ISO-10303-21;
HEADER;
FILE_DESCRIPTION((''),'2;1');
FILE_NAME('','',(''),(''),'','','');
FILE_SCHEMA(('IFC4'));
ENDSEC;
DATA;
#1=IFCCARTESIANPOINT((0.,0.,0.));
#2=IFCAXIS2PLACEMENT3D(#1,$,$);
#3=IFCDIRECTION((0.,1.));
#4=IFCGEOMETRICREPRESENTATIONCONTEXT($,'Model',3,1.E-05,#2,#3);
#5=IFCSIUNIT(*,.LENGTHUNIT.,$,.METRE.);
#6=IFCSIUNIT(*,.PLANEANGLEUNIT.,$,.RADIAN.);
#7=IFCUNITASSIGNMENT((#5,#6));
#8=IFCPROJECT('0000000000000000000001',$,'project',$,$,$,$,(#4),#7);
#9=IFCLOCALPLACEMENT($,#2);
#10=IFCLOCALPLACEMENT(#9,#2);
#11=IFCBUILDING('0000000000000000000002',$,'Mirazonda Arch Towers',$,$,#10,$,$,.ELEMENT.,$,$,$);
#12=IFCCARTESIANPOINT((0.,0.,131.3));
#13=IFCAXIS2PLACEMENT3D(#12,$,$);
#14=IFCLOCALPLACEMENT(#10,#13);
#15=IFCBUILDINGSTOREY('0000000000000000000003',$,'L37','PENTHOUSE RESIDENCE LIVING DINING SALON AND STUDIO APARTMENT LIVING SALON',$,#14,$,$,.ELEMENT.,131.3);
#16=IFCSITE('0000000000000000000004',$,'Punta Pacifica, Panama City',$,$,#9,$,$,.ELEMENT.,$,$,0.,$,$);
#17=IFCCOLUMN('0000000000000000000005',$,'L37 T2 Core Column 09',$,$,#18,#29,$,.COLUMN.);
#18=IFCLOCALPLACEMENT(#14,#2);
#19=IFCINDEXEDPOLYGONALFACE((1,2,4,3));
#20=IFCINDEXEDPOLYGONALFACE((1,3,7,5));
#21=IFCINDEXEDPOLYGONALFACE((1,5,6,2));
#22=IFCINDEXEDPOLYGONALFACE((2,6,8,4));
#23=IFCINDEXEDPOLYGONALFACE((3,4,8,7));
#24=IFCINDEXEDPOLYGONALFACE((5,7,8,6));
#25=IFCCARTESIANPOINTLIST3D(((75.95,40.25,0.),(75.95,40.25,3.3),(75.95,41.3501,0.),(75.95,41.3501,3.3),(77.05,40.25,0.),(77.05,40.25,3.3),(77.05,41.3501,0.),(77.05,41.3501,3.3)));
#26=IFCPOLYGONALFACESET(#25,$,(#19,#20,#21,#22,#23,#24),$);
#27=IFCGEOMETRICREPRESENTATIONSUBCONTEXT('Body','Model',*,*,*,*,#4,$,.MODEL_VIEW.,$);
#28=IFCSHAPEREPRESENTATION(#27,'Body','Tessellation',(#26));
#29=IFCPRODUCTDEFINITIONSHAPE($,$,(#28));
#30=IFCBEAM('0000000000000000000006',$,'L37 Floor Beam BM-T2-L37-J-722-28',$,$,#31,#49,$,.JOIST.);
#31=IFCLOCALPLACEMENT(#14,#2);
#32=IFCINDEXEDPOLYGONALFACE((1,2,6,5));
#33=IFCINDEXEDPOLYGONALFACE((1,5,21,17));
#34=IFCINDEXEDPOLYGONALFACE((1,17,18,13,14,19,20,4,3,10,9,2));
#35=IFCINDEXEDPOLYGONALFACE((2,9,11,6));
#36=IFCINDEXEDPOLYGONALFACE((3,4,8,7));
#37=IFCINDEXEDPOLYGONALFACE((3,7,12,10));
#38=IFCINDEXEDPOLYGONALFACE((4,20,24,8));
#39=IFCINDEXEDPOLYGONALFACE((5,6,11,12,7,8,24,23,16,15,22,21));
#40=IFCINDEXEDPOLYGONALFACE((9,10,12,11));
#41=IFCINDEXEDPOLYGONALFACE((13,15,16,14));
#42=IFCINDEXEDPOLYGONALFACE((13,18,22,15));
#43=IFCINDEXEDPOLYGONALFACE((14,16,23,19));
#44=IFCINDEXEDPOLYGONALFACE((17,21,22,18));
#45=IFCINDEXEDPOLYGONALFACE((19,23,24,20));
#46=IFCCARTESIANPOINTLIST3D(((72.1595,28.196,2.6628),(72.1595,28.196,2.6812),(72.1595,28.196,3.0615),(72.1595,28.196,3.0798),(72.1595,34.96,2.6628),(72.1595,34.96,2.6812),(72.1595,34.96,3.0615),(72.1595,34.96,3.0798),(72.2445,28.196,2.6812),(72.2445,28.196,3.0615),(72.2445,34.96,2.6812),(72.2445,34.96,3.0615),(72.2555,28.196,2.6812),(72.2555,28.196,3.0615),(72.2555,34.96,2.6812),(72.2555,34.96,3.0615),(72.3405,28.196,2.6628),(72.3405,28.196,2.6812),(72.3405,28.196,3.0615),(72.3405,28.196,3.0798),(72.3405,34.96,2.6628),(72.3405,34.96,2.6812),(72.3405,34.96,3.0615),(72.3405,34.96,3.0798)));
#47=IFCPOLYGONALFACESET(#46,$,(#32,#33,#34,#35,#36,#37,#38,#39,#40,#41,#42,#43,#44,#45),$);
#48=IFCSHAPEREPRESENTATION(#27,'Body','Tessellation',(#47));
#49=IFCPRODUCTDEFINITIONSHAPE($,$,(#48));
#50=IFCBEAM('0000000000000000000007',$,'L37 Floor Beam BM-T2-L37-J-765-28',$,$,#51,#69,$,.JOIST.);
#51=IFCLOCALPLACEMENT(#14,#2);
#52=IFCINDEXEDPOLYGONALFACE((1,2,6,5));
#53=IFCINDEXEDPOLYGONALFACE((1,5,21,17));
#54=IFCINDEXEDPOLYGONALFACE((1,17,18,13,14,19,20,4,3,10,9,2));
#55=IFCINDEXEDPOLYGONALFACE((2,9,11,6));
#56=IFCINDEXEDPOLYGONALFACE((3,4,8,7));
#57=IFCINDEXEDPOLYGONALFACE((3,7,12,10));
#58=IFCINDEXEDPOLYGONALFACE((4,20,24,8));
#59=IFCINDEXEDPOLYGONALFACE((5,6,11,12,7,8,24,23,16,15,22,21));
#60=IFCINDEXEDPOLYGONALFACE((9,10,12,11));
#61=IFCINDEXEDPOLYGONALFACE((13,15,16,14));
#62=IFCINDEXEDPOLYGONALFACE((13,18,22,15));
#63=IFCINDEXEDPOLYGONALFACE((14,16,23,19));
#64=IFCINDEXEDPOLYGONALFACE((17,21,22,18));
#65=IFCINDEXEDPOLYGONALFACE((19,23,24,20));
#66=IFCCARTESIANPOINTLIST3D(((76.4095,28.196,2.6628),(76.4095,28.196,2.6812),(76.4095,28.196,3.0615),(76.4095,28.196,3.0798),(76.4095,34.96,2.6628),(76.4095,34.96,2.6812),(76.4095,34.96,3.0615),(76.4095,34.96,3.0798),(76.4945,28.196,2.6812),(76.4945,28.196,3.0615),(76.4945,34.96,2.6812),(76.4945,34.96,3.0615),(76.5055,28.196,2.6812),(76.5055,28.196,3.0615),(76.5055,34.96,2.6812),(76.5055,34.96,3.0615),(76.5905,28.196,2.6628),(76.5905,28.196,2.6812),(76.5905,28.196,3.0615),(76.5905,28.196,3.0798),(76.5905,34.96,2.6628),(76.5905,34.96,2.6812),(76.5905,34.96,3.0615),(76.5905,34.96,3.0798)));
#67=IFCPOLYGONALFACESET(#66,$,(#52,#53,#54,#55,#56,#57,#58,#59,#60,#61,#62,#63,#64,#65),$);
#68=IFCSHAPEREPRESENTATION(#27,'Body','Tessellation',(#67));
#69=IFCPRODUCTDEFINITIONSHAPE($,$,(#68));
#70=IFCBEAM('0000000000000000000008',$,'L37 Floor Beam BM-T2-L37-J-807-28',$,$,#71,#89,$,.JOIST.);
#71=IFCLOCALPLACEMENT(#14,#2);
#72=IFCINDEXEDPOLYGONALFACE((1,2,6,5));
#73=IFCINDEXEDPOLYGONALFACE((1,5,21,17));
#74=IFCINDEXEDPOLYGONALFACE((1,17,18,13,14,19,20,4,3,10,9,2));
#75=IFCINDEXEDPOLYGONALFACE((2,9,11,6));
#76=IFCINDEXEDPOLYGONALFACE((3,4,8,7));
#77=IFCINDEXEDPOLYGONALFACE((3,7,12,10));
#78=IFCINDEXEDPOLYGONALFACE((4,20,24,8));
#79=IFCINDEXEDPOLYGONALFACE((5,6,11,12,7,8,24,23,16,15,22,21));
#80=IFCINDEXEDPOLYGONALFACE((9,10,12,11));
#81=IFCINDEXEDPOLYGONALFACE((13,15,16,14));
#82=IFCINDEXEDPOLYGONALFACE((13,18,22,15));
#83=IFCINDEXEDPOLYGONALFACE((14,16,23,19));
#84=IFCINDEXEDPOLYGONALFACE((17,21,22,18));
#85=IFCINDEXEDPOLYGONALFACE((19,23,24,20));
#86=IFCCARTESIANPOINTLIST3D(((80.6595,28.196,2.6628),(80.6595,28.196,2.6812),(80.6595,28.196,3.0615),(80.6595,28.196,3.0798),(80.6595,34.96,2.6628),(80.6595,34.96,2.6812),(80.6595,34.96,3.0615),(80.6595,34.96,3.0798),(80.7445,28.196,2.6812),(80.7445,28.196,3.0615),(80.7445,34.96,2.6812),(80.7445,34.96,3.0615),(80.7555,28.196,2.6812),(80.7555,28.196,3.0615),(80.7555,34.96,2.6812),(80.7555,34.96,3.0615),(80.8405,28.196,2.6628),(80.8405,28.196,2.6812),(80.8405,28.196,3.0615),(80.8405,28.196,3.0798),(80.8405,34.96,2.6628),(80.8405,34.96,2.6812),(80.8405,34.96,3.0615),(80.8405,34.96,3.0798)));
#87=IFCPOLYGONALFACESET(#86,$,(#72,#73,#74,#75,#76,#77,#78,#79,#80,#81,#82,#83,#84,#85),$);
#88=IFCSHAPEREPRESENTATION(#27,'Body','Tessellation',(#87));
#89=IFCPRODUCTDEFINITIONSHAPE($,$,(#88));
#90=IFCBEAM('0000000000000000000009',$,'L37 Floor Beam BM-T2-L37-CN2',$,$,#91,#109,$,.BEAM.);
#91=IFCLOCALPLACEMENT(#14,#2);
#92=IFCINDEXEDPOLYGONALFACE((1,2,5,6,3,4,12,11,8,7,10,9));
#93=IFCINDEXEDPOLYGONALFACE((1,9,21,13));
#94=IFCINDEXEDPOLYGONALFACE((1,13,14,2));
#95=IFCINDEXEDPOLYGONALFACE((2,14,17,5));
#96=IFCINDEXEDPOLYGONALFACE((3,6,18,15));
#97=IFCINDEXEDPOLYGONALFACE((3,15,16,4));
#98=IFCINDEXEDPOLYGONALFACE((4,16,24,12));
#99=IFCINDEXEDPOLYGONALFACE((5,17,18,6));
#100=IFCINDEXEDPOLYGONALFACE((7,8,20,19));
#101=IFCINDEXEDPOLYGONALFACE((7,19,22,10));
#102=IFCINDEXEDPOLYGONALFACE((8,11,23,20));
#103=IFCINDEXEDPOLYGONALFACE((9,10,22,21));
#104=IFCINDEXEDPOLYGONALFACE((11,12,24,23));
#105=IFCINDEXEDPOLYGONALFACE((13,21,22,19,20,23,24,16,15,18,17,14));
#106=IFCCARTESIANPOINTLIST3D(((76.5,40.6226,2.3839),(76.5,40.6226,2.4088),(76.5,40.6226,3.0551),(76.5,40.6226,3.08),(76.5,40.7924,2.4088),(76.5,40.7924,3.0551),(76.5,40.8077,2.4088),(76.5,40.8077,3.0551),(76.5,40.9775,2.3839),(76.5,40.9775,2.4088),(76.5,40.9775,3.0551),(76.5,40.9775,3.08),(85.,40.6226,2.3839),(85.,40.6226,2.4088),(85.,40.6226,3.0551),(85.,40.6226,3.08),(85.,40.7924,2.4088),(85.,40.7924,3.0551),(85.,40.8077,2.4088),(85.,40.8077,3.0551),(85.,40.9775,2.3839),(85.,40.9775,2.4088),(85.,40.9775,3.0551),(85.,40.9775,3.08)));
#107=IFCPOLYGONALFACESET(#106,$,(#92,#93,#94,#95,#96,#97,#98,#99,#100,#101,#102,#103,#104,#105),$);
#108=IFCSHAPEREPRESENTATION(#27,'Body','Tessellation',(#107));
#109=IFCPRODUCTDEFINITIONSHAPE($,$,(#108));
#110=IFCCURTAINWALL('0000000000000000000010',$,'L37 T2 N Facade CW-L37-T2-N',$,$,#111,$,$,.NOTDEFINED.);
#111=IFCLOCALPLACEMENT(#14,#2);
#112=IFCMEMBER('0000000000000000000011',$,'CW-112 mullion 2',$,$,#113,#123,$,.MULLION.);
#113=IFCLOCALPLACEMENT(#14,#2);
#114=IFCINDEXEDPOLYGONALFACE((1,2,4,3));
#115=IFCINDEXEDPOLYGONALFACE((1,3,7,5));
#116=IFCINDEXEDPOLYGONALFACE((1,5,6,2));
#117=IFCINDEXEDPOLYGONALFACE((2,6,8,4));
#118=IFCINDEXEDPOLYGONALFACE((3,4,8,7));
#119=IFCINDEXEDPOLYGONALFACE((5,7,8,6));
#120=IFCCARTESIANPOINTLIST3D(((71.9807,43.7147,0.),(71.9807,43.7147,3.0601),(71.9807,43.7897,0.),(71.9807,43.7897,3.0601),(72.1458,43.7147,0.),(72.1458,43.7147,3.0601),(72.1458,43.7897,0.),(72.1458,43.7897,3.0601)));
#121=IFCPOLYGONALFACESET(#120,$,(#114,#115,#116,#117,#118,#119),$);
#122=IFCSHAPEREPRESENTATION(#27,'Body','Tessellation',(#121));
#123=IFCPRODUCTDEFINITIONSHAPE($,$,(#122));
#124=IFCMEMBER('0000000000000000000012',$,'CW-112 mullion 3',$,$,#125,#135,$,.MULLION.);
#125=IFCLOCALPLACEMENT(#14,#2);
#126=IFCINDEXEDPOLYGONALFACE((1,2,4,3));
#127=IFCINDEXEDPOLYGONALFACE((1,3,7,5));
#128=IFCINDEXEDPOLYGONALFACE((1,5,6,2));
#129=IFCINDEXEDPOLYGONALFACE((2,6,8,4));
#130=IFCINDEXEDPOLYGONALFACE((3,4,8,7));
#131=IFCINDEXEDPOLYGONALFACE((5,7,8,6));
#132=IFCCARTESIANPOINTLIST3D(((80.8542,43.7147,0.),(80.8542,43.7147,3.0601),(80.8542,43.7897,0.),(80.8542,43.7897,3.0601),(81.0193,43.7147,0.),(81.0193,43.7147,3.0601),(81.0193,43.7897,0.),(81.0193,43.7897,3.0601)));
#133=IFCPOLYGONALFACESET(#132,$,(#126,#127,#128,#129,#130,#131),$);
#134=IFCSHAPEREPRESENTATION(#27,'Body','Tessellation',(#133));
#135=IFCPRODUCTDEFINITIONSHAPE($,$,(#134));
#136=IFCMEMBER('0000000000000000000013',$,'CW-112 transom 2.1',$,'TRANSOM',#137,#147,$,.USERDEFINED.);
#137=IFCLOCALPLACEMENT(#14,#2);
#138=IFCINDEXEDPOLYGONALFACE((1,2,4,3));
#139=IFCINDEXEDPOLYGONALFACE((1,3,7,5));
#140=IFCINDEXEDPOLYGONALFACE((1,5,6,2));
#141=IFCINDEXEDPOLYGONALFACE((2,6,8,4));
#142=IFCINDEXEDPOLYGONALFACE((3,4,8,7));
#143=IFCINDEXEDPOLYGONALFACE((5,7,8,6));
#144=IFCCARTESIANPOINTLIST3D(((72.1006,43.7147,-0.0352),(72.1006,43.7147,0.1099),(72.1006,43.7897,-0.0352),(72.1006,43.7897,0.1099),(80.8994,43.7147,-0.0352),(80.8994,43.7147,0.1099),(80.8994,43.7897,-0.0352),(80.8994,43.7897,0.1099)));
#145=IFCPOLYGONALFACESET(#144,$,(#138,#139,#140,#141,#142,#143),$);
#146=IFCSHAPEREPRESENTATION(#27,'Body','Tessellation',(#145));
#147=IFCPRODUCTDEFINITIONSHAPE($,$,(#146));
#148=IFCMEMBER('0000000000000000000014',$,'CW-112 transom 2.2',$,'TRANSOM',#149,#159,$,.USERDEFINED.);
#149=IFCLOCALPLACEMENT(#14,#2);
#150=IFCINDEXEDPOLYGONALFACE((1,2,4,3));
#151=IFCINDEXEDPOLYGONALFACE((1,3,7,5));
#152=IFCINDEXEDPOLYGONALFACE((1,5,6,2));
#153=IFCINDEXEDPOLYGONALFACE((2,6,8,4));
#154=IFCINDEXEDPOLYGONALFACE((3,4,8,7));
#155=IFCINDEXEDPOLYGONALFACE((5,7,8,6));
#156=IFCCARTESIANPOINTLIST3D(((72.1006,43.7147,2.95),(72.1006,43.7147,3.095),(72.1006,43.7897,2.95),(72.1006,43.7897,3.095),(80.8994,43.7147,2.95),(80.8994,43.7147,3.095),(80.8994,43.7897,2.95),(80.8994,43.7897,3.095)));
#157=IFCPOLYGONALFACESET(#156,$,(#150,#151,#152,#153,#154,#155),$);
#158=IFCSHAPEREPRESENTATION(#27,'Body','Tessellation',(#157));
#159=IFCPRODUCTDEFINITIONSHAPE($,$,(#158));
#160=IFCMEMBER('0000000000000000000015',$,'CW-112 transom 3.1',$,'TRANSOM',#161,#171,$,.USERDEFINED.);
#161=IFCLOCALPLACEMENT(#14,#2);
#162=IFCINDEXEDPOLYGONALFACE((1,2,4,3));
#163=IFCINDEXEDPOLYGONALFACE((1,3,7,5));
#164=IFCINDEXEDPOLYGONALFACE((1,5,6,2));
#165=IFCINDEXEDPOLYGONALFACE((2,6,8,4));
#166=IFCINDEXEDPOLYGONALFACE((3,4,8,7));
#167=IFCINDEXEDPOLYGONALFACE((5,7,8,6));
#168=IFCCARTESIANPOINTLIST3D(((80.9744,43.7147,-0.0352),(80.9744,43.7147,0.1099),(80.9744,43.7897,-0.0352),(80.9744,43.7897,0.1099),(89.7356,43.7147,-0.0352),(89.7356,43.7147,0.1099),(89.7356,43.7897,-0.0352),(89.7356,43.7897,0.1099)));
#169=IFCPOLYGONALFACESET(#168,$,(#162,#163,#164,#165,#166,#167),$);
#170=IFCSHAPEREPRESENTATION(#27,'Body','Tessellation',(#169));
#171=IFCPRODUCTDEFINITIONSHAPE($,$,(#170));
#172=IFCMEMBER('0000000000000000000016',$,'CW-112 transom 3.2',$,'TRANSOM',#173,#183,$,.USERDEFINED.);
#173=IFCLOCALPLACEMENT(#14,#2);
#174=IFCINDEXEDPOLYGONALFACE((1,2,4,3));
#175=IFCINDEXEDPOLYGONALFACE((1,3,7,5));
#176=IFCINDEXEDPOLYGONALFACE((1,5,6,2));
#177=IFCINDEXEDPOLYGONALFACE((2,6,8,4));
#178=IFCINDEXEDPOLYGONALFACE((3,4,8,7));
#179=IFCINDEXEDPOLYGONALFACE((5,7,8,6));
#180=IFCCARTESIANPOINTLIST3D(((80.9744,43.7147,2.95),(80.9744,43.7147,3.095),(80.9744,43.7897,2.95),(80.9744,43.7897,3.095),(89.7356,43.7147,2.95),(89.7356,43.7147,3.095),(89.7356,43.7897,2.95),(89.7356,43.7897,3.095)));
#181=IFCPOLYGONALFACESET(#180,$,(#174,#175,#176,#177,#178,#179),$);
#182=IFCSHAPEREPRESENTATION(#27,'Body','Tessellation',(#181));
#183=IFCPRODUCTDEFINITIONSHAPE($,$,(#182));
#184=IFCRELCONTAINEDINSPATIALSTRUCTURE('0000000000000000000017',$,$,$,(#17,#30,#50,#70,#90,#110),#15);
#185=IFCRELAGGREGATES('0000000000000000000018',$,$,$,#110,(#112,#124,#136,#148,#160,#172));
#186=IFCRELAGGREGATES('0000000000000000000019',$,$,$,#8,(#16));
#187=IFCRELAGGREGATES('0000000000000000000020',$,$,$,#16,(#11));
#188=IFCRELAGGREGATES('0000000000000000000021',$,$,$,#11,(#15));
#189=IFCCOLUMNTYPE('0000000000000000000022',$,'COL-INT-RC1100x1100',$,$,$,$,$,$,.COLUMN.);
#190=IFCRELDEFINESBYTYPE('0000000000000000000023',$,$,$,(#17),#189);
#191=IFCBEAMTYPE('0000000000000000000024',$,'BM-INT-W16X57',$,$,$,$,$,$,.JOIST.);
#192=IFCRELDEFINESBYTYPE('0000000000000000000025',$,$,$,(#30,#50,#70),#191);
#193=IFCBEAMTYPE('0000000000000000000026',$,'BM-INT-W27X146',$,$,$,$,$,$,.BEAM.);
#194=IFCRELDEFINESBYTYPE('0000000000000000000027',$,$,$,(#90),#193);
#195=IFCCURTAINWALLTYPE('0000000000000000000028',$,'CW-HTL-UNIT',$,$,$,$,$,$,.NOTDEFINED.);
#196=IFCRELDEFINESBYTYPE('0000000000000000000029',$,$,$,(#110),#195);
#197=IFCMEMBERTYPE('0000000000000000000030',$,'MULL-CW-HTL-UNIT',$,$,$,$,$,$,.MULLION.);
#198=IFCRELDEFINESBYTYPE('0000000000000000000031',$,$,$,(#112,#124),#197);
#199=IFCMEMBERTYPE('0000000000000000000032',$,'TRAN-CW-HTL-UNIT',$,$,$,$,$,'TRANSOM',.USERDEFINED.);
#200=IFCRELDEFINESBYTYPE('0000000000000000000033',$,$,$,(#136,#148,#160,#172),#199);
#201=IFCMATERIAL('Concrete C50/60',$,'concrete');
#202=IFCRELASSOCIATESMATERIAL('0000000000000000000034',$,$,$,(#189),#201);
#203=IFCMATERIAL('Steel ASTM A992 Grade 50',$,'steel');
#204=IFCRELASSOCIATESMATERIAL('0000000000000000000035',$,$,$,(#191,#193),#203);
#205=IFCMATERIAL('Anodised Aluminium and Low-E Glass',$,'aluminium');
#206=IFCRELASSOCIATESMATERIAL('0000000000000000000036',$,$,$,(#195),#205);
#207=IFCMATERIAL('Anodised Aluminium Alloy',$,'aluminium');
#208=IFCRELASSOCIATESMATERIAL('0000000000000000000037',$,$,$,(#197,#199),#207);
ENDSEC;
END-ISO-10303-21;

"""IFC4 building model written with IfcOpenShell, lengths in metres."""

from ifc_helpers import new_model, si_unit, direction, frame, origin, origin_2d, place, context, subcontext, project, spatial, rectangle, i_section, extrude, material, material_profile, profile_set, type_object, element, aggregate, save


model = new_model("IFC4")

# Units and contexts
model_context = context("Model", 3, precision=1e-05, world=origin(), true_north=direction((0.0, 1.0)))
body_context = subcontext(model_context, "Body", "Model", "MODEL_VIEW")
ifc_project = project(units=[si_unit("LENGTHUNIT", "METRE"), si_unit("PLANEANGLEUNIT", "RADIAN")], contexts=[model_context])

# Site, building, storey
site_placement = place(None, origin())
site = spatial("IfcSite", under=ifc_project, at=site_placement, Name="Punta Pacifica, Panama City", CompositionType="ELEMENT", RefElevation=0.0)
building_placement = place(site_placement, origin())
building = spatial("IfcBuilding", under=site, at=building_placement, Name="Mirazonda Arch Towers", CompositionType="ELEMENT")
storey_placement = place(building_placement, frame((0.0, 0.0, 131.3)))
storey = spatial("IfcBuildingStorey", under=building, at=storey_placement, Name="L37", Description="PENTHOUSE RESIDENCE LIVING DINING SALON AND STUDIO APARTMENT LIVING SALON", CompositionType="ELEMENT", Elevation=131.3)

# Column
ifc_material_1 = material(Name="Concrete C50/60", Category="concrete")
ifc_material_profile_1 = material_profile(ifc_material_1, rectangle(XDim=1.1001, YDim=1.1001, at=origin_2d()), Name="RC1100x1100")
ifc_profile_set_1 = profile_set([ifc_material_profile_1], Name="Concrete C50/60")
column_type = type_object("IfcColumnType", Name="COL-INT-RC1100x1100", PredefinedType="COLUMN", material=ifc_profile_set_1)
column_placement = place(storey_placement, frame((76.5, 40.8, 0.0), z_axis=(0.0, 0.0, 1.0), x_axis=(1.0, 0.0, 0.0)))
element("IfcColumn", 1, at=column_placement, inside=storey, type_object=column_type, Name="L37 T2 Core Column 09", PredefinedType="COLUMN", context=body_context, shape_type="SweptSolid", body=[
    extrude(rectangle(XDim=1.1001, YDim=1.1001, at=origin_2d()), origin(), (0.0, 0.0, 1.0), 3.3),
])

# Beams
ifc_material_2 = material(Name="Steel ASTM A992 Grade 50", Category="steel")
ifc_material_profile_2 = material_profile(ifc_material_2, i_section(OverallWidth=0.1809, OverallDepth=0.417, WebThickness=0.011, FlangeThickness=0.0183, at=origin_2d()), Name="W16X57")
ifc_profile_set_2 = profile_set([ifc_material_profile_2], Name="Steel ASTM A992 Grade 50")
beam_type_1 = type_object("IfcBeamType", Name="BM-INT-W16X57", PredefinedType="JOIST", material=ifc_profile_set_2)
for number, where, z_axis, x_axis, name in (
    (2, (72.25, 28.196, 2.8713), (0.0, 1.0, 0.0), (-1.0, 0.0, 0.0), "L37 Floor Beam BM-T2-L37-J-722-28"),
    (3, (76.5, 28.196, 2.8713), (0.0, 1.0, 0.0), (-1.0, 0.0, 0.0), "L37 Floor Beam BM-T2-L37-J-765-28"),
    (4, (80.75, 28.196, 2.8713), (0.0, 1.0, 0.0), (-1.0, 0.0, 0.0), "L37 Floor Beam BM-T2-L37-J-807-28"),
):
    element("IfcBeam", number, at=place(storey_placement, frame(where, z_axis=z_axis, x_axis=x_axis)), inside=storey, type_object=beam_type_1, Name=name, PredefinedType="JOIST", context=body_context, shape_type="SweptSolid", body=[
        extrude(i_section(OverallWidth=0.1809, OverallDepth=0.417, WebThickness=0.011, FlangeThickness=0.0183, at=origin_2d()), origin(), (0.0, 0.0, 1.0), 6.7639),
    ])
ifc_material_profile_3 = material_profile(ifc_material_2, i_section(OverallWidth=0.355, OverallDepth=0.696, WebThickness=0.0154, FlangeThickness=0.0249, at=origin_2d()), Name="W27X146")
ifc_profile_set_3 = profile_set([ifc_material_profile_3], Name="Steel ASTM A992 Grade 50")
beam_type_2 = type_object("IfcBeamType", Name="BM-INT-W27X146", PredefinedType="BEAM", material=ifc_profile_set_3)
beam_placement = place(storey_placement, frame((76.5, 40.8, 2.7319), z_axis=(1.0, 0.0, 0.0), x_axis=(0.0, 1.0, 0.0)))
element("IfcBeam", 5, at=beam_placement, inside=storey, type_object=beam_type_2, Name="L37 Floor Beam BM-T2-L37-CN2", PredefinedType="BEAM", context=body_context, shape_type="SweptSolid", body=[
    extrude(i_section(OverallWidth=0.355, OverallDepth=0.696, WebThickness=0.0154, FlangeThickness=0.0249, at=origin_2d()), origin(), (0.0, 0.0, 1.0), 8.5),
])

# Curtain wall, members
ifc_material_3 = material(Name="Anodised Aluminium and Low-E Glass", Category="aluminium")
curtain_wall_type = type_object("IfcCurtainWallType", Name="CW-HTL-UNIT", PredefinedType="NOTDEFINED", material=ifc_material_3)
curtain_wall_placement = place(storey_placement, origin())
curtain_wall = element("IfcCurtainWall", 6, at=curtain_wall_placement, inside=storey, type_object=curtain_wall_type, Name="L37 T2 N Facade CW-L37-T2-N", PredefinedType="NOTDEFINED")
ifc_material_4 = material(Name="Anodised Aluminium Alloy", Category="aluminium")
ifc_material_profile_4 = material_profile(ifc_material_4, rectangle(XDim=0.075, YDim=0.165, at=origin_2d()), Name="ALU-MULL-75x165")
ifc_profile_set_4 = profile_set([ifc_material_profile_4], Name="Anodised Aluminium Alloy")
member_type_1 = type_object("IfcMemberType", Name="MULL-CW-HTL-UNIT", PredefinedType="MULLION", material=ifc_profile_set_4)
member_1_placement = place(storey_placement, frame((72.0632, 43.7522, 0.0), z_axis=(0.0, 0.0, 1.0), x_axis=(0.0, 1.0, 0.0)))
member_1 = element("IfcMember", 7, at=member_1_placement, type_object=member_type_1, Name="CW-112 mullion 2", PredefinedType="MULLION", context=body_context, shape_type="SweptSolid", body=[
    extrude(rectangle(XDim=0.075, YDim=0.165, at=origin_2d()), origin(), (0.0, 0.0, 1.0), 3.0601),
])
member_2_placement = place(storey_placement, frame((80.9368, 43.7522, 0.0), z_axis=(0.0, 0.0, 1.0), x_axis=(0.0, 1.0, 0.0)))
member_2 = element("IfcMember", 8, at=member_2_placement, type_object=member_type_1, Name="CW-112 mullion 3", PredefinedType="MULLION", context=body_context, shape_type="SweptSolid", body=[
    extrude(rectangle(XDim=0.075, YDim=0.165, at=origin_2d()), origin(), (0.0, 0.0, 1.0), 3.0601),
])
ifc_material_profile_5 = material_profile(ifc_material_4, rectangle(XDim=0.075, YDim=0.145, at=origin_2d()), Name="ALU-TRAN-75x145")
ifc_profile_set_5 = profile_set([ifc_material_profile_5], Name="Anodised Aluminium Alloy")
member_type_2 = type_object("IfcMemberType", Name="TRAN-CW-HTL-UNIT", ElementType="TRANSOM", PredefinedType="USERDEFINED", material=ifc_profile_set_5)
member_3_placement = place(storey_placement, frame((72.1006, 43.7522, 0.0374), z_axis=(1.0, 0.0, 0.0), x_axis=(0.0, 1.0, 0.0)))
member_3 = element("IfcMember", 9, at=member_3_placement, type_object=member_type_2, Name="CW-112 transom 2.1", ObjectType="TRANSOM", PredefinedType="USERDEFINED", context=body_context, shape_type="SweptSolid", body=[
    extrude(rectangle(XDim=0.075, YDim=0.145, at=origin_2d()), origin(), (0.0, 0.0, 1.0), 8.7988),
])
member_4_placement = place(storey_placement, frame((72.1006, 43.7522, 3.0225), z_axis=(1.0, 0.0, 0.0), x_axis=(0.0, 1.0, 0.0)))
member_4 = element("IfcMember", 10, at=member_4_placement, type_object=member_type_2, Name="CW-112 transom 2.2", ObjectType="TRANSOM", PredefinedType="USERDEFINED", context=body_context, shape_type="SweptSolid", body=[
    extrude(rectangle(XDim=0.075, YDim=0.145, at=origin_2d()), origin(), (0.0, 0.0, 1.0), 8.7988),
])
member_5_placement = place(storey_placement, frame((80.9744, 43.7522, 0.0374), z_axis=(1.0, 0.0, 0.0), x_axis=(0.0, 1.0, 0.0)))
member_5 = element("IfcMember", 11, at=member_5_placement, type_object=member_type_2, Name="CW-112 transom 3.1", ObjectType="TRANSOM", PredefinedType="USERDEFINED", context=body_context, shape_type="SweptSolid", body=[
    extrude(rectangle(XDim=0.075, YDim=0.145, at=origin_2d()), origin(), (0.0, 0.0, 1.0), 8.7612),
])
member_6_placement = place(storey_placement, frame((80.9744, 43.7522, 3.0225), z_axis=(1.0, 0.0, 0.0), x_axis=(0.0, 1.0, 0.0)))
member_6 = element("IfcMember", 12, at=member_6_placement, type_object=member_type_2, Name="CW-112 transom 3.2", ObjectType="TRANSOM", PredefinedType="USERDEFINED", context=body_context, shape_type="SweptSolid", body=[
    extrude(rectangle(XDim=0.075, YDim=0.145, at=origin_2d()), origin(), (0.0, 0.0, 1.0), 8.7612),
])
aggregate(curtain_wall, [member_1, member_2, member_3, member_4, member_5, member_6])

save(model, "model.ifc")
